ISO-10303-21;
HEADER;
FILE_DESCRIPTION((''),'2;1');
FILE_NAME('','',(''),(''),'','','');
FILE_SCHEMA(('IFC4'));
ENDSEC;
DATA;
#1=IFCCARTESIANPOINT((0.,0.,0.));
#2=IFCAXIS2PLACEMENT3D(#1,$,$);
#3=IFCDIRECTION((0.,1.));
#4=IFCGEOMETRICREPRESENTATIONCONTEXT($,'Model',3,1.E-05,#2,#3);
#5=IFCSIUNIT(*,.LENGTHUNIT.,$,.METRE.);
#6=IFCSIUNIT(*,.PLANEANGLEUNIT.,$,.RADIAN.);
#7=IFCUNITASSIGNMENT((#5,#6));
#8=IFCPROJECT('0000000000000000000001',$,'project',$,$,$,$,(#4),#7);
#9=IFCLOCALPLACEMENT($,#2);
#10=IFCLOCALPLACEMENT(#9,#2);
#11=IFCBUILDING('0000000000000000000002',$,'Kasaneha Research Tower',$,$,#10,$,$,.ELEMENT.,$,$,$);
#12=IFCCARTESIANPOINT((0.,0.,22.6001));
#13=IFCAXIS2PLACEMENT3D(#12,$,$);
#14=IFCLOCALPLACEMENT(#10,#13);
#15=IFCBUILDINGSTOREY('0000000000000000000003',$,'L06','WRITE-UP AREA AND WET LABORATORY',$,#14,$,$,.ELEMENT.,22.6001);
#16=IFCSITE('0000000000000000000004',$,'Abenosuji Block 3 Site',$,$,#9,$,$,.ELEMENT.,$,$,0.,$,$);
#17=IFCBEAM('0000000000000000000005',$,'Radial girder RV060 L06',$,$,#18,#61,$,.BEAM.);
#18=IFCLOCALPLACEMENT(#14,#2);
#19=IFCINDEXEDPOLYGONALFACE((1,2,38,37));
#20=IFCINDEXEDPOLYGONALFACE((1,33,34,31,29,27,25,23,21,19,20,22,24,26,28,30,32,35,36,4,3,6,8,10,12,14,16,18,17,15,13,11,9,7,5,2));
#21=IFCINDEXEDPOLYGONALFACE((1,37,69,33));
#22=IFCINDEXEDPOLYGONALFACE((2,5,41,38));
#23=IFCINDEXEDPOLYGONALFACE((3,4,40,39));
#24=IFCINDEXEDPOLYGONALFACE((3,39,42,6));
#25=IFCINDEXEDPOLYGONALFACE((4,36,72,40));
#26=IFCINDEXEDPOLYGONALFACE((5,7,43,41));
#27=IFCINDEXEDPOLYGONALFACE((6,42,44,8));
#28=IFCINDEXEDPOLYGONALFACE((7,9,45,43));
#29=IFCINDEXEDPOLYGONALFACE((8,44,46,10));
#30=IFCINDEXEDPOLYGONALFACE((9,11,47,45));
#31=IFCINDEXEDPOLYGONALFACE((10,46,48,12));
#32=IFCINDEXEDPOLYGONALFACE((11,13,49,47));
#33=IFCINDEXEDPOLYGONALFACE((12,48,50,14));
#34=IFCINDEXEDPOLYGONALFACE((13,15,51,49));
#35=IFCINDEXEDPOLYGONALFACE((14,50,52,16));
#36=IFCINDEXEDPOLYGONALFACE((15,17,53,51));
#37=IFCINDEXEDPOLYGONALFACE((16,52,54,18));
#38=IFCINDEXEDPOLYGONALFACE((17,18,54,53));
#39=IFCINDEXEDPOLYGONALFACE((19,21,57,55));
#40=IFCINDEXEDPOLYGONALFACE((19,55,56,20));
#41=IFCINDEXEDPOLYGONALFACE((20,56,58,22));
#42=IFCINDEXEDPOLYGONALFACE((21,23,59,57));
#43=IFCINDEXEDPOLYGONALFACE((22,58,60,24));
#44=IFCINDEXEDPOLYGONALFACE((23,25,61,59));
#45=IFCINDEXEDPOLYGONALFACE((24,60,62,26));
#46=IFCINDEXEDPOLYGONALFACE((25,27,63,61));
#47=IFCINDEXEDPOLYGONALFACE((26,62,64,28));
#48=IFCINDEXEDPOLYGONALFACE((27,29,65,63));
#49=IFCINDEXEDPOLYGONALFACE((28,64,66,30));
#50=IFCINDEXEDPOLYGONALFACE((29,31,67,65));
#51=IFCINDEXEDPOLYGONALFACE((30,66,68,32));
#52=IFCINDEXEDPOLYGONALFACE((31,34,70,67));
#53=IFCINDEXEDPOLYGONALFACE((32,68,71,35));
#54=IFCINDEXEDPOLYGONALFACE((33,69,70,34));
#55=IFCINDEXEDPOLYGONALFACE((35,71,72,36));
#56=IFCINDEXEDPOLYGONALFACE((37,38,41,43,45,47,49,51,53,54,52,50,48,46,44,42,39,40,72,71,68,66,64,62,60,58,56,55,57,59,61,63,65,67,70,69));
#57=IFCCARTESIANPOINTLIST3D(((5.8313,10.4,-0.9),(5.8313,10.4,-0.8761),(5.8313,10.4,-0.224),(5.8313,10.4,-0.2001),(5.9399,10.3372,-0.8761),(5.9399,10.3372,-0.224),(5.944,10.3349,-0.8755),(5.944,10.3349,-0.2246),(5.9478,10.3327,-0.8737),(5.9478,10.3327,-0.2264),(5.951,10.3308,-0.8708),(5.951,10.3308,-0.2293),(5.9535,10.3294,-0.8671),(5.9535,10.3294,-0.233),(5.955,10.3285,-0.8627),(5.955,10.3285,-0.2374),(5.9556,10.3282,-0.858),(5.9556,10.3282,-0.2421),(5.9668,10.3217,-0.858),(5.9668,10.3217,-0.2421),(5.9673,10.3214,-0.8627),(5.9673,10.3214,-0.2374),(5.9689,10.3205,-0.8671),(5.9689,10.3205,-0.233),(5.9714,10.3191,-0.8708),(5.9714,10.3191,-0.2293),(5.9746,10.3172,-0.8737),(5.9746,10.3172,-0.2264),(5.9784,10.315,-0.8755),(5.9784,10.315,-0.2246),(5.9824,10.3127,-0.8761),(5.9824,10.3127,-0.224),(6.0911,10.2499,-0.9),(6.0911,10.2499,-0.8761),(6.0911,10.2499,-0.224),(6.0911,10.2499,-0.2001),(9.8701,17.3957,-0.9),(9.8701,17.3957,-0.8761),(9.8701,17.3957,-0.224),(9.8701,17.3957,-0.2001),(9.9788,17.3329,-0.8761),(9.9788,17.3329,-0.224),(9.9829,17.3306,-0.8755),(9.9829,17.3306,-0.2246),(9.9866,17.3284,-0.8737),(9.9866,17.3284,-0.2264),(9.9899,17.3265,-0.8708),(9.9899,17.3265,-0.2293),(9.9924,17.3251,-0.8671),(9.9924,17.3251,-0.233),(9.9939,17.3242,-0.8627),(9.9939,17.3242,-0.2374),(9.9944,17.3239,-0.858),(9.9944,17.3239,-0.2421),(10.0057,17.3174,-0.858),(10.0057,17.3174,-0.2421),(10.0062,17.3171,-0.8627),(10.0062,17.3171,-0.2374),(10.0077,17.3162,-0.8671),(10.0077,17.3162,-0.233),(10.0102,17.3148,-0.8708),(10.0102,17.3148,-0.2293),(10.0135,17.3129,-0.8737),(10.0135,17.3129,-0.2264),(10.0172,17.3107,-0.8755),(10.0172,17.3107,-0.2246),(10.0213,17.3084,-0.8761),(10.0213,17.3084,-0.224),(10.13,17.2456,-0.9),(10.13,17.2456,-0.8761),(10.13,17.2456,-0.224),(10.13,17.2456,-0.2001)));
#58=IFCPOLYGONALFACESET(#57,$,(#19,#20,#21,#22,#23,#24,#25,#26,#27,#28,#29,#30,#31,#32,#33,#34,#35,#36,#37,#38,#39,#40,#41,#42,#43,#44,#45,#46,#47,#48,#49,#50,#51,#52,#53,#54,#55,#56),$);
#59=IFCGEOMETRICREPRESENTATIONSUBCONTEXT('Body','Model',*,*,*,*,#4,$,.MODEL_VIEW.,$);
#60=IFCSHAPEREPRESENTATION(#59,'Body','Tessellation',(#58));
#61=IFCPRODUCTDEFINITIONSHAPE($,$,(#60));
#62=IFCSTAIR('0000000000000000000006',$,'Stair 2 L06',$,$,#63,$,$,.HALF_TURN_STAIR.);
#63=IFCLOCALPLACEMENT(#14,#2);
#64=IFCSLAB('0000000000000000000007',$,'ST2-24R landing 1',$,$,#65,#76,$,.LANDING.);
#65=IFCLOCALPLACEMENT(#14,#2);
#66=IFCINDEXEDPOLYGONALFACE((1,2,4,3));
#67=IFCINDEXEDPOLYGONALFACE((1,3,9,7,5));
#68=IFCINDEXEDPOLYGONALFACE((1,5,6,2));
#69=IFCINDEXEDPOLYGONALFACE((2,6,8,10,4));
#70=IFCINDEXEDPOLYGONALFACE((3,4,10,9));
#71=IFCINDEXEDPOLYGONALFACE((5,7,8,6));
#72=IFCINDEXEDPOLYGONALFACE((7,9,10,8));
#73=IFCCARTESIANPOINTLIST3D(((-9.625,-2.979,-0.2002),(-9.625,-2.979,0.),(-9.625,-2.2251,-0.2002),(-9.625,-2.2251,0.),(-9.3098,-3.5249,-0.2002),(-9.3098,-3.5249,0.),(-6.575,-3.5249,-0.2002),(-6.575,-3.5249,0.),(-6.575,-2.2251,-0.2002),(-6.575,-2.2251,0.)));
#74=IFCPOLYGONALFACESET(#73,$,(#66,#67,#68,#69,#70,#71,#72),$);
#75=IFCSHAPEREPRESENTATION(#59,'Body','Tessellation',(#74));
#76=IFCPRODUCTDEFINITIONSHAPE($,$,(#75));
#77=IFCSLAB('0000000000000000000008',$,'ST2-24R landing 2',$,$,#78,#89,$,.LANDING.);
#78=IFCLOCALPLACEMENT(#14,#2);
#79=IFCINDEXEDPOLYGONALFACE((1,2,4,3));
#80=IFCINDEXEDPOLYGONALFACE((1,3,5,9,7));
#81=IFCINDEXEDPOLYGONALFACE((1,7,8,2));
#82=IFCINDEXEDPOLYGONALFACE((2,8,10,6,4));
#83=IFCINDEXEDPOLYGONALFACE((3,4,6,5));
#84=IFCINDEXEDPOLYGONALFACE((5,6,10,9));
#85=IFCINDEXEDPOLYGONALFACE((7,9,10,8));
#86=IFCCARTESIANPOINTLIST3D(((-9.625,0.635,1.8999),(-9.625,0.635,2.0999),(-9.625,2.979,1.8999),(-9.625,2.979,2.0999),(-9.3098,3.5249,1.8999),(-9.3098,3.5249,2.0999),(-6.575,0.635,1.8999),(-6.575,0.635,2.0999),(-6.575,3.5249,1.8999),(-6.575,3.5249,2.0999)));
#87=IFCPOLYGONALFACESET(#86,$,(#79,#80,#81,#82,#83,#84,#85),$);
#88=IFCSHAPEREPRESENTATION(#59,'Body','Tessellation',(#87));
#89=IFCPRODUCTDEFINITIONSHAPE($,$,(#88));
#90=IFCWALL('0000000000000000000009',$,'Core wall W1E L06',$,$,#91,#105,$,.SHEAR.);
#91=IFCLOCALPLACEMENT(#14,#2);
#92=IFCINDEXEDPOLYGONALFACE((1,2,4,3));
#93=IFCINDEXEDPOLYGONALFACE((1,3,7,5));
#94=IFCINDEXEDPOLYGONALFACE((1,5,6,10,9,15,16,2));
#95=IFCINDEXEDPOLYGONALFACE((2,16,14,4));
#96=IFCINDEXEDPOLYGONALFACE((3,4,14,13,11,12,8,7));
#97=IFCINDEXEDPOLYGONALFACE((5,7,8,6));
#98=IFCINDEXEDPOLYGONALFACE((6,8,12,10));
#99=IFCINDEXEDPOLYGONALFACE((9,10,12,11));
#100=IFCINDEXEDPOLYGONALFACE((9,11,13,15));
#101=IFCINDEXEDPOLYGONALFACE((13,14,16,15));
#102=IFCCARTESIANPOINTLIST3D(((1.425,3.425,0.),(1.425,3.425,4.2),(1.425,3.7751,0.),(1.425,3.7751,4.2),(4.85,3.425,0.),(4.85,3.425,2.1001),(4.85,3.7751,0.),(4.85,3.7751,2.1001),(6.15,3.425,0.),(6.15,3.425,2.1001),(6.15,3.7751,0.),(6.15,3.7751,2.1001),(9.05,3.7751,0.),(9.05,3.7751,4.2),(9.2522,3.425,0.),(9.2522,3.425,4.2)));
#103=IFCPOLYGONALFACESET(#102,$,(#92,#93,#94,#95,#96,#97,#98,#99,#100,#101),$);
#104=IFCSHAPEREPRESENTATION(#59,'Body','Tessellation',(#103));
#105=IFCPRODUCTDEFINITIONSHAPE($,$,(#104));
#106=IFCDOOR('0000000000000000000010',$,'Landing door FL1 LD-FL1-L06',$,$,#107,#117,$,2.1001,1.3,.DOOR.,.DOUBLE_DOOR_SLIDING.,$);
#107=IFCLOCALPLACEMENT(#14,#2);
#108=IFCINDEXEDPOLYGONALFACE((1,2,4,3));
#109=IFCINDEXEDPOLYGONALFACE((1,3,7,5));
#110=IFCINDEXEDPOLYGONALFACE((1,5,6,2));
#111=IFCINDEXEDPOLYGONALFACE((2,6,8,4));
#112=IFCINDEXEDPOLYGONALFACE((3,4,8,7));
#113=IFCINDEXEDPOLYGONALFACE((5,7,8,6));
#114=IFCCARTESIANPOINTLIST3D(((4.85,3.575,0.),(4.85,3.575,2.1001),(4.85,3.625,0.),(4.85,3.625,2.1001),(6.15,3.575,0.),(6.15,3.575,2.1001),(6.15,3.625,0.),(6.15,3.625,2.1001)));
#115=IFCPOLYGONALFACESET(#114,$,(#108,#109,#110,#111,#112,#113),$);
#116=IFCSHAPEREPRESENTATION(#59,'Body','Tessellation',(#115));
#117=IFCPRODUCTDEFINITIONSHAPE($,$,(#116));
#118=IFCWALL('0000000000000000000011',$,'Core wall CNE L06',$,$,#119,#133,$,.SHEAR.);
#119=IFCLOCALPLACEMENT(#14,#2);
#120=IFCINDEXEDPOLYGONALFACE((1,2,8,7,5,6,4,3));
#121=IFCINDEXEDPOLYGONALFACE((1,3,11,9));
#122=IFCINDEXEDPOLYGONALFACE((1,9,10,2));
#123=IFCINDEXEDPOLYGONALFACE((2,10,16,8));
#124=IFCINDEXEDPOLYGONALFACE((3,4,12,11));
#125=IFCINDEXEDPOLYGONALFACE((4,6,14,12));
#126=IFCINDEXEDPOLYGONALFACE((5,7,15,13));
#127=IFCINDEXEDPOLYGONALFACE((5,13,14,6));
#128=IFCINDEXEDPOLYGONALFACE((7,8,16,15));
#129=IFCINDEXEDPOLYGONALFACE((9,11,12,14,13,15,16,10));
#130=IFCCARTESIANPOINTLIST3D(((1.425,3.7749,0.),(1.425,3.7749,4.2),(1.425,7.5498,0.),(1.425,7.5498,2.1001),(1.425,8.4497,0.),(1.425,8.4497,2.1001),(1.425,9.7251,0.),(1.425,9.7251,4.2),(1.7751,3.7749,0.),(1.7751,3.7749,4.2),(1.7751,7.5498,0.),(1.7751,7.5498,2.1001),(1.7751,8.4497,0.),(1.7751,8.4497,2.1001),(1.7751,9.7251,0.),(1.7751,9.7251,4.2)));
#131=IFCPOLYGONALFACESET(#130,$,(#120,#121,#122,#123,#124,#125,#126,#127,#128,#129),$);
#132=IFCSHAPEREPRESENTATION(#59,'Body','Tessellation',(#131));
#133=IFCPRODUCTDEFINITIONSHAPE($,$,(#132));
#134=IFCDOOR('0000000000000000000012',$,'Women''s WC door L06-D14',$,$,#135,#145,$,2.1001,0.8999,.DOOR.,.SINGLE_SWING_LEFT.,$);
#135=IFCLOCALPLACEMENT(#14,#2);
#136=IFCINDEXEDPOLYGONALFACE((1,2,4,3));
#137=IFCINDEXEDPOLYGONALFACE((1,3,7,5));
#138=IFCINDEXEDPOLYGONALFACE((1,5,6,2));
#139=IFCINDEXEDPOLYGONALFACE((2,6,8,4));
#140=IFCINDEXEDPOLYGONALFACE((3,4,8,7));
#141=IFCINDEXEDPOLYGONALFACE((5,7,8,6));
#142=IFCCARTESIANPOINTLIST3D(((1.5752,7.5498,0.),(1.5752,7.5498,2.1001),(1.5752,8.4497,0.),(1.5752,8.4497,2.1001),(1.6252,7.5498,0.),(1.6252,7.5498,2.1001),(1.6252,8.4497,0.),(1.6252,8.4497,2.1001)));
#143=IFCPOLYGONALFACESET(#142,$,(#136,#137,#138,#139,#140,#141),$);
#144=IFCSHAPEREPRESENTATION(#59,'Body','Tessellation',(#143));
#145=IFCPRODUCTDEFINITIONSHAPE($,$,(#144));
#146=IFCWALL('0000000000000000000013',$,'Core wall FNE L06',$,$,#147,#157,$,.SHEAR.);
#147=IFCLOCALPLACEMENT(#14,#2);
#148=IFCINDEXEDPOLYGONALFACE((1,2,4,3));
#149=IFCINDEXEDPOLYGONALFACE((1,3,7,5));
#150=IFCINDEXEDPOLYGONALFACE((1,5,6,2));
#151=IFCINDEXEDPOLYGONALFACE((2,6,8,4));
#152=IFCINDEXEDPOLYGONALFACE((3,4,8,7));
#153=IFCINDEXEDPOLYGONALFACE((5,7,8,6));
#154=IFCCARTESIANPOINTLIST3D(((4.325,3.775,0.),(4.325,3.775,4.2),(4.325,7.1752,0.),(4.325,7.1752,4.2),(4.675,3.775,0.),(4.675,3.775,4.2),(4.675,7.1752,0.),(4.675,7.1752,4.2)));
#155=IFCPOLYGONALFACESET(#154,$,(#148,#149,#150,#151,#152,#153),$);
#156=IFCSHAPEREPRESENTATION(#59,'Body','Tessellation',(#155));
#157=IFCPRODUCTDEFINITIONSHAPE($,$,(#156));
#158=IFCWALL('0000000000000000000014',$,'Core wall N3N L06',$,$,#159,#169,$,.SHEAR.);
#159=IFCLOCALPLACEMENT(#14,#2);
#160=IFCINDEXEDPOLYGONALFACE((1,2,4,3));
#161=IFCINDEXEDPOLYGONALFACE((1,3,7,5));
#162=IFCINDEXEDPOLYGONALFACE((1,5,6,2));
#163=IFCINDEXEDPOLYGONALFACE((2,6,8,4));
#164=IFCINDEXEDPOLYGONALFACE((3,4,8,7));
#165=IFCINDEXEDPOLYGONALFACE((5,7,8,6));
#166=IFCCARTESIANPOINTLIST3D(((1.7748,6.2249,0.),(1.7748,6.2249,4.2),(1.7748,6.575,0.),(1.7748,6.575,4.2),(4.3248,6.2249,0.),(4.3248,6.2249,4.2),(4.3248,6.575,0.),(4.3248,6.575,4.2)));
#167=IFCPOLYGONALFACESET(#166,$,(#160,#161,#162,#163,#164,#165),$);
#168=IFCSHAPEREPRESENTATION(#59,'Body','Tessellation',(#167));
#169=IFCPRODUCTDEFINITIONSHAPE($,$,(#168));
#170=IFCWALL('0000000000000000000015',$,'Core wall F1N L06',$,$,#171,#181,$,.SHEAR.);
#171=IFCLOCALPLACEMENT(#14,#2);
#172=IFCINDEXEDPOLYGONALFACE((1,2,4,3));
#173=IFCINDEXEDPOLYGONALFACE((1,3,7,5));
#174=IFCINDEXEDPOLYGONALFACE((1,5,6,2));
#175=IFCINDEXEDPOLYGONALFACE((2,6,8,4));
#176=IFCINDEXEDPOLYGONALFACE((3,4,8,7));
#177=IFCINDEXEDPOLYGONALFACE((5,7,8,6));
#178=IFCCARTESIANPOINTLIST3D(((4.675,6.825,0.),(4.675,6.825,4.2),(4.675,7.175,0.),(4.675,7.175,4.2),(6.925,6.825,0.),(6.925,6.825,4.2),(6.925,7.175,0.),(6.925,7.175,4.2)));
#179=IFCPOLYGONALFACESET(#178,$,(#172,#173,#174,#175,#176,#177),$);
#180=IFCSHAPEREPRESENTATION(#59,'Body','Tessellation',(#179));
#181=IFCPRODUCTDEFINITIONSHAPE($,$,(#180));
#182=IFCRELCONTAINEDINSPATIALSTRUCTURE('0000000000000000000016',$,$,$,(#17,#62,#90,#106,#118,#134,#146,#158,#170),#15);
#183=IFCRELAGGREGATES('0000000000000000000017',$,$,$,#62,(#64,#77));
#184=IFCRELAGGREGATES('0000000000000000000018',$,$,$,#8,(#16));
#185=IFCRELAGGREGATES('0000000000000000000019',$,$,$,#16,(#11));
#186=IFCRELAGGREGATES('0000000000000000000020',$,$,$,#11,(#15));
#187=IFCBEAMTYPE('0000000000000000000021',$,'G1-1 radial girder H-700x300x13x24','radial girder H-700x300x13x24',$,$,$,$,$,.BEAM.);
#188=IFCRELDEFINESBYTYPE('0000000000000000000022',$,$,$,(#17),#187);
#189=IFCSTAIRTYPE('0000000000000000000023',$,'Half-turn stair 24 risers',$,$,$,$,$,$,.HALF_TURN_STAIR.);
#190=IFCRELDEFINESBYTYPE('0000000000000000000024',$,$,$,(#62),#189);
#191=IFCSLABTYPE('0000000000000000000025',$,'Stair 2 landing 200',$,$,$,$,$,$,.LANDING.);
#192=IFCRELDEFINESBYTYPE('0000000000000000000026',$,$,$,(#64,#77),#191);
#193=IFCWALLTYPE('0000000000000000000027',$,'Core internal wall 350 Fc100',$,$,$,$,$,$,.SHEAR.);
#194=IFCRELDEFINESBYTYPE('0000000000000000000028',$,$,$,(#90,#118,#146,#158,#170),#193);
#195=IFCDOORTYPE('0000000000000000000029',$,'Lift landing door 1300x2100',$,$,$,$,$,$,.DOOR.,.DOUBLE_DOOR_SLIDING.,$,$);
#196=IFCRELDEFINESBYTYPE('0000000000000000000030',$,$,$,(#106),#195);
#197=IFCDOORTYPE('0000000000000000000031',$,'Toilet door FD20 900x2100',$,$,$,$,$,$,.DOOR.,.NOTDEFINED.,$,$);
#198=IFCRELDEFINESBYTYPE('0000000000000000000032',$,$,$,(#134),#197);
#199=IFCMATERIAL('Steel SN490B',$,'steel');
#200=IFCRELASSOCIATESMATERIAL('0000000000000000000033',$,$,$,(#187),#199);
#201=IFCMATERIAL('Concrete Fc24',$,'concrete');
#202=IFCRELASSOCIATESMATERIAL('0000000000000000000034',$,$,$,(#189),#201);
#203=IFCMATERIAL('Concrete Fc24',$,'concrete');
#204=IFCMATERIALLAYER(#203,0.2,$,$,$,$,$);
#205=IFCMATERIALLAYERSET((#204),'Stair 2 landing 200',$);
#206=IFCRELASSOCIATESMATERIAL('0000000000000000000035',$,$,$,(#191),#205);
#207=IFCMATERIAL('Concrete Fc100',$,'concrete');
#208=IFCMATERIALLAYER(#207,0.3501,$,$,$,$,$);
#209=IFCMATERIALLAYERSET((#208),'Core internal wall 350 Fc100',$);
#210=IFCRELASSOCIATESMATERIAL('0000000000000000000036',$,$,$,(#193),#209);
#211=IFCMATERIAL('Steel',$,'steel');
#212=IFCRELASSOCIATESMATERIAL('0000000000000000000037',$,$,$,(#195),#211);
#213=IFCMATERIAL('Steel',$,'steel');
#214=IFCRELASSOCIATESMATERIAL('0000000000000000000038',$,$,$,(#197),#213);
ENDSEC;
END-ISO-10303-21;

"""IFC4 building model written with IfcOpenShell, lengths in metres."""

from ifc_helpers import new_model, si_unit, direction, frame, frame_2d, origin, origin_2d, place, context, subcontext, project, spatial, polyline, rectangle, i_section, outline, extrude, material, layer, layer_set, material_profile, profile_set, type_object, element, fill, aggregate, save


model = new_model("IFC4")

# Units and contexts
model_context = context("Model", 3, precision=1e-05, world=origin(), true_north=direction((0.0, 1.0)))
body_context = subcontext(model_context, "Body", "Model", "MODEL_VIEW")
ifc_project = project(units=[si_unit("LENGTHUNIT", "METRE"), si_unit("PLANEANGLEUNIT", "RADIAN")], contexts=[model_context])

# Site, building, storey
site_placement = place(None, origin())
site = spatial("IfcSite", under=ifc_project, at=site_placement, Name="Abenosuji Block 3 Site", CompositionType="ELEMENT", RefElevation=0.0)
building_placement = place(site_placement, origin())
building = spatial("IfcBuilding", under=site, at=building_placement, Name="Kasaneha Research Tower", CompositionType="ELEMENT")
storey_placement = place(building_placement, frame((0.0, 0.0, 22.6001)))
storey = spatial("IfcBuildingStorey", under=building, at=storey_placement, Name="L06", Description="WRITE-UP AREA AND WET LABORATORY", CompositionType="ELEMENT", Elevation=22.6001)

# Beam
ifc_material_1 = material(Name="Steel SN490B", Category="steel")
ifc_material_profile = material_profile(ifc_material_1, i_section(OverallWidth=0.3, OverallDepth=0.7, WebThickness=0.0129, FlangeThickness=0.0239, FilletRadius=0.0181, at=origin_2d()), Name="H-700x300x13x24")
ifc_profile_set = profile_set([ifc_material_profile], Name="Steel SN490B")
beam_type = type_object("IfcBeamType", Name="G1-1 radial girder H-700x300x13x24", Description="radial girder H-700x300x13x24", PredefinedType="BEAM", material=ifc_profile_set)
beam_placement = place(storey_placement, frame((5.9612, 10.325, -0.55), z_axis=(0.499991, 0.866031, 0.0), x_axis=(-0.866031, 0.499991, 0.0)))
element("IfcBeam", 1, at=beam_placement, inside=storey, type_object=beam_type, Name="Radial girder RV060 L06", PredefinedType="BEAM", context=body_context, shape_type="SweptSolid", body=[
    extrude(i_section(OverallWidth=0.3, OverallDepth=0.7, WebThickness=0.0129, FlangeThickness=0.0239, FilletRadius=0.0181, at=origin_2d()), origin(), (0.0, 0.0, 1.0), 8.0779),
])

# Stair, slabs
ifc_material_2 = material(Name="Concrete Fc24", Category="concrete")
stair_type = type_object("IfcStairType", Name="Half-turn stair 24 risers", PredefinedType="HALF_TURN_STAIR", material=ifc_material_2)
stair_1_placement = place(storey_placement, origin())
stair_1 = element("IfcStair", 2, at=stair_1_placement, inside=storey, type_object=stair_type, Name="Stair 2 L06", PredefinedType="HALF_TURN_STAIR")
ifc_material_3 = material(Name="Concrete Fc24", Category="concrete")
ifc_layer_1 = layer(ifc_material_3, 0.2)
ifc_layer_set_1 = layer_set([ifc_layer_1], Name="Stair 2 landing 200")
slab_type = type_object("IfcSlabType", Name="Stair 2 landing 200", PredefinedType="LANDING", material=ifc_layer_set_1)
slab_1_placement = place(storey_placement, frame((0.0, 0.0, -0.2002)))
slab_1 = element("IfcSlab", 3, at=slab_1_placement, type_object=slab_type, Name="ST2-24R landing 1", PredefinedType="LANDING", context=body_context, shape_type="SweptSolid", body=[
    extrude(outline(polyline([(-6.575, -3.5249), (-9.3098, -3.5249), (-9.625, -2.979), (-9.625, -2.2251), (-6.575, -2.2251), (-6.575, -3.5249)])), origin(), (0.0, 0.0, 1.0), 0.2002),
])
slab_2_placement = place(storey_placement, frame((0.0, 0.0, 1.8999)))
slab_2 = element("IfcSlab", 4, at=slab_2_placement, type_object=slab_type, Name="ST2-24R landing 2", PredefinedType="LANDING", context=body_context, shape_type="SweptSolid", body=[
    extrude(outline(polyline([(-6.575, 0.635), (-9.625, 0.635), (-9.625, 2.979), (-9.3098, 3.5249), (-6.575, 3.5249), (-6.575, 0.635)])), origin(), (0.0, 0.0, 1.0), 0.2),
])
aggregate(stair_1, [slab_1, slab_2])

# Walls, openings, doors
ifc_material_4 = material(Name="Concrete Fc100", Category="concrete")
ifc_layer_2 = layer(ifc_material_4, 0.3501)
ifc_layer_set_2 = layer_set([ifc_layer_2], Name="Core internal wall 350 Fc100")
wall_type_1 = type_object("IfcWallType", Name="Core internal wall 350 Fc100", PredefinedType="SHEAR", material=ifc_layer_set_2)
wall_1_placement = place(storey_placement, frame((1.425, 3.6001, 0.0), z_axis=(0.0, 0.0, 1.0), x_axis=(1.0, 0.0, 0.0)))
wall_1 = element("IfcWall", 5, at=wall_1_placement, inside=storey, type_object=wall_type_1, Name="Core wall W1E L06", PredefinedType="SHEAR", context=body_context, shape_type="SweptSolid", body=[
    extrude(outline(polyline([(0.0, -0.175), (3.425, -0.175), (4.7251, -0.175), (7.8271, -0.175), (7.625, 0.175), (4.7251, 0.175), (3.425, 0.175), (0.0, 0.175), (0.0, -0.175)])), origin(), (0.0, 0.0, 1.0), 4.2),
])
opening_1_placement = place(wall_1_placement, frame((3.425, 0.0, 0.0)))
opening_1 = element("IfcOpeningElement", 6, at=opening_1_placement, cuts=wall_1, PredefinedType="OPENING", context=body_context, shape_type="SweptSolid", body=[
    extrude(rectangle(XDim=1.3, YDim=2.1001, at=frame_2d((0.6499, 1.05))), frame((0.0, 0.1851, 0.0), z_axis=(0.0, -1.0, 0.0), x_axis=(1.0, 0.0, 0.0)), (0.0, 0.0, 1.0), 0.3701),
])
ifc_material_5 = material(Name="Steel", Category="steel")
door_type_1 = type_object("IfcDoorType", Name="Lift landing door 1300x2100", OperationType="DOUBLE_DOOR_SLIDING", PredefinedType="DOOR", material=ifc_material_5)
door_1_placement = place(opening_1_placement, origin())
door_1 = element("IfcDoor", 7, at=door_1_placement, inside=storey, type_object=door_type_1, Name="Landing door FL1 LD-FL1-L06", OperationType="DOUBLE_DOOR_SLIDING", OverallHeight=2.1001, OverallWidth=1.3, PredefinedType="DOOR", context=body_context, shape_type="SweptSolid", body=[
    extrude(rectangle(XDim=1.3, YDim=2.1001, at=frame_2d((0.6499, 1.05))), frame((0.0, 0.0249, 0.0), z_axis=(0.0, -1.0, 0.0), x_axis=(1.0, 0.0, 0.0)), (0.0, 0.0, 1.0), 0.05),
])
fill(opening_1, door_1)
wall_2_placement = place(storey_placement, frame((1.6001, 3.7749, 0.0), z_axis=(0.0, 0.0, 1.0), x_axis=(0.0, 1.0, 0.0)))
wall_2 = element("IfcWall", 8, at=wall_2_placement, inside=storey, type_object=wall_type_1, Name="Core wall CNE L06", PredefinedType="SHEAR", context=body_context, shape_type="SweptSolid", body=[
    extrude(rectangle(XDim=5.9502, YDim=0.3501, at=frame_2d((2.9751, 0.0))), origin(), (0.0, 0.0, 1.0), 4.2),
])
opening_2_placement = place(wall_2_placement, frame((3.7749, 0.0, 0.0)))
opening_2 = element("IfcOpeningElement", 9, at=opening_2_placement, cuts=wall_2, PredefinedType="OPENING", context=body_context, shape_type="SweptSolid", body=[
    extrude(rectangle(XDim=0.8999, YDim=2.1001, at=frame_2d((0.45, 1.05))), frame((0.0, 0.1851, 0.0), z_axis=(0.0, -1.0, 0.0), x_axis=(1.0, 0.0, 0.0)), (0.0, 0.0, 1.0), 0.3701),
])
ifc_material_6 = material(Name="Steel", Category="steel")
door_type_2 = type_object("IfcDoorType", Name="Toilet door FD20 900x2100", OperationType="NOTDEFINED", PredefinedType="DOOR", material=ifc_material_6)
door_2_placement = place(opening_2_placement, origin())
door_2 = element("IfcDoor", 10, at=door_2_placement, inside=storey, type_object=door_type_2, Name="Women's WC door L06-D14", OperationType="SINGLE_SWING_LEFT", OverallHeight=2.1001, OverallWidth=0.8999, PredefinedType="DOOR", context=body_context, shape_type="SweptSolid", body=[
    extrude(rectangle(XDim=0.8999, YDim=2.1001, at=frame_2d((0.45, 1.05))), frame((0.0, 0.0249, 0.0), z_axis=(0.0, -1.0, 0.0), x_axis=(1.0, 0.0, 0.0)), (0.0, 0.0, 1.0), 0.05),
])
fill(opening_2, door_2)

# Walls
wall_3_placement = place(storey_placement, frame((4.5, 3.7749, 0.0), z_axis=(0.0, 0.0, 1.0), x_axis=(0.0, 1.0, 0.0)))
element("IfcWall", 11, at=wall_3_placement, inside=storey, type_object=wall_type_1, Name="Core wall FNE L06", PredefinedType="SHEAR", context=body_context, shape_type="SweptSolid", body=[
    extrude(rectangle(XDim=3.4001, YDim=0.3501, at=frame_2d((1.7002, 0.0))), origin(), (0.0, 0.0, 1.0), 4.2),
])
wall_4_placement = place(storey_placement, frame((1.7749, 6.3999, 0.0), z_axis=(0.0, 0.0, 1.0), x_axis=(1.0, 0.0, 0.0)))
element("IfcWall", 12, at=wall_4_placement, inside=storey, type_object=wall_type_1, Name="Core wall N3N L06", PredefinedType="SHEAR", context=body_context, shape_type="SweptSolid", body=[
    extrude(rectangle(XDim=2.55, YDim=0.3501, at=frame_2d((1.2749, 0.0))), origin(), (0.0, 0.0, 1.0), 4.2),
])
wall_5_placement = place(storey_placement, frame((4.675, 7.0, 0.0), z_axis=(0.0, 0.0, 1.0), x_axis=(1.0, 0.0, 0.0)))
element("IfcWall", 13, at=wall_5_placement, inside=storey, type_object=wall_type_1, Name="Core wall F1N L06", PredefinedType="SHEAR", context=body_context, shape_type="SweptSolid", body=[
    extrude(rectangle(XDim=2.25, YDim=0.3501, at=frame_2d((1.125, 0.0))), origin(), (0.0, 0.0, 1.0), 4.2),
])

save(model, "model.ifc")
